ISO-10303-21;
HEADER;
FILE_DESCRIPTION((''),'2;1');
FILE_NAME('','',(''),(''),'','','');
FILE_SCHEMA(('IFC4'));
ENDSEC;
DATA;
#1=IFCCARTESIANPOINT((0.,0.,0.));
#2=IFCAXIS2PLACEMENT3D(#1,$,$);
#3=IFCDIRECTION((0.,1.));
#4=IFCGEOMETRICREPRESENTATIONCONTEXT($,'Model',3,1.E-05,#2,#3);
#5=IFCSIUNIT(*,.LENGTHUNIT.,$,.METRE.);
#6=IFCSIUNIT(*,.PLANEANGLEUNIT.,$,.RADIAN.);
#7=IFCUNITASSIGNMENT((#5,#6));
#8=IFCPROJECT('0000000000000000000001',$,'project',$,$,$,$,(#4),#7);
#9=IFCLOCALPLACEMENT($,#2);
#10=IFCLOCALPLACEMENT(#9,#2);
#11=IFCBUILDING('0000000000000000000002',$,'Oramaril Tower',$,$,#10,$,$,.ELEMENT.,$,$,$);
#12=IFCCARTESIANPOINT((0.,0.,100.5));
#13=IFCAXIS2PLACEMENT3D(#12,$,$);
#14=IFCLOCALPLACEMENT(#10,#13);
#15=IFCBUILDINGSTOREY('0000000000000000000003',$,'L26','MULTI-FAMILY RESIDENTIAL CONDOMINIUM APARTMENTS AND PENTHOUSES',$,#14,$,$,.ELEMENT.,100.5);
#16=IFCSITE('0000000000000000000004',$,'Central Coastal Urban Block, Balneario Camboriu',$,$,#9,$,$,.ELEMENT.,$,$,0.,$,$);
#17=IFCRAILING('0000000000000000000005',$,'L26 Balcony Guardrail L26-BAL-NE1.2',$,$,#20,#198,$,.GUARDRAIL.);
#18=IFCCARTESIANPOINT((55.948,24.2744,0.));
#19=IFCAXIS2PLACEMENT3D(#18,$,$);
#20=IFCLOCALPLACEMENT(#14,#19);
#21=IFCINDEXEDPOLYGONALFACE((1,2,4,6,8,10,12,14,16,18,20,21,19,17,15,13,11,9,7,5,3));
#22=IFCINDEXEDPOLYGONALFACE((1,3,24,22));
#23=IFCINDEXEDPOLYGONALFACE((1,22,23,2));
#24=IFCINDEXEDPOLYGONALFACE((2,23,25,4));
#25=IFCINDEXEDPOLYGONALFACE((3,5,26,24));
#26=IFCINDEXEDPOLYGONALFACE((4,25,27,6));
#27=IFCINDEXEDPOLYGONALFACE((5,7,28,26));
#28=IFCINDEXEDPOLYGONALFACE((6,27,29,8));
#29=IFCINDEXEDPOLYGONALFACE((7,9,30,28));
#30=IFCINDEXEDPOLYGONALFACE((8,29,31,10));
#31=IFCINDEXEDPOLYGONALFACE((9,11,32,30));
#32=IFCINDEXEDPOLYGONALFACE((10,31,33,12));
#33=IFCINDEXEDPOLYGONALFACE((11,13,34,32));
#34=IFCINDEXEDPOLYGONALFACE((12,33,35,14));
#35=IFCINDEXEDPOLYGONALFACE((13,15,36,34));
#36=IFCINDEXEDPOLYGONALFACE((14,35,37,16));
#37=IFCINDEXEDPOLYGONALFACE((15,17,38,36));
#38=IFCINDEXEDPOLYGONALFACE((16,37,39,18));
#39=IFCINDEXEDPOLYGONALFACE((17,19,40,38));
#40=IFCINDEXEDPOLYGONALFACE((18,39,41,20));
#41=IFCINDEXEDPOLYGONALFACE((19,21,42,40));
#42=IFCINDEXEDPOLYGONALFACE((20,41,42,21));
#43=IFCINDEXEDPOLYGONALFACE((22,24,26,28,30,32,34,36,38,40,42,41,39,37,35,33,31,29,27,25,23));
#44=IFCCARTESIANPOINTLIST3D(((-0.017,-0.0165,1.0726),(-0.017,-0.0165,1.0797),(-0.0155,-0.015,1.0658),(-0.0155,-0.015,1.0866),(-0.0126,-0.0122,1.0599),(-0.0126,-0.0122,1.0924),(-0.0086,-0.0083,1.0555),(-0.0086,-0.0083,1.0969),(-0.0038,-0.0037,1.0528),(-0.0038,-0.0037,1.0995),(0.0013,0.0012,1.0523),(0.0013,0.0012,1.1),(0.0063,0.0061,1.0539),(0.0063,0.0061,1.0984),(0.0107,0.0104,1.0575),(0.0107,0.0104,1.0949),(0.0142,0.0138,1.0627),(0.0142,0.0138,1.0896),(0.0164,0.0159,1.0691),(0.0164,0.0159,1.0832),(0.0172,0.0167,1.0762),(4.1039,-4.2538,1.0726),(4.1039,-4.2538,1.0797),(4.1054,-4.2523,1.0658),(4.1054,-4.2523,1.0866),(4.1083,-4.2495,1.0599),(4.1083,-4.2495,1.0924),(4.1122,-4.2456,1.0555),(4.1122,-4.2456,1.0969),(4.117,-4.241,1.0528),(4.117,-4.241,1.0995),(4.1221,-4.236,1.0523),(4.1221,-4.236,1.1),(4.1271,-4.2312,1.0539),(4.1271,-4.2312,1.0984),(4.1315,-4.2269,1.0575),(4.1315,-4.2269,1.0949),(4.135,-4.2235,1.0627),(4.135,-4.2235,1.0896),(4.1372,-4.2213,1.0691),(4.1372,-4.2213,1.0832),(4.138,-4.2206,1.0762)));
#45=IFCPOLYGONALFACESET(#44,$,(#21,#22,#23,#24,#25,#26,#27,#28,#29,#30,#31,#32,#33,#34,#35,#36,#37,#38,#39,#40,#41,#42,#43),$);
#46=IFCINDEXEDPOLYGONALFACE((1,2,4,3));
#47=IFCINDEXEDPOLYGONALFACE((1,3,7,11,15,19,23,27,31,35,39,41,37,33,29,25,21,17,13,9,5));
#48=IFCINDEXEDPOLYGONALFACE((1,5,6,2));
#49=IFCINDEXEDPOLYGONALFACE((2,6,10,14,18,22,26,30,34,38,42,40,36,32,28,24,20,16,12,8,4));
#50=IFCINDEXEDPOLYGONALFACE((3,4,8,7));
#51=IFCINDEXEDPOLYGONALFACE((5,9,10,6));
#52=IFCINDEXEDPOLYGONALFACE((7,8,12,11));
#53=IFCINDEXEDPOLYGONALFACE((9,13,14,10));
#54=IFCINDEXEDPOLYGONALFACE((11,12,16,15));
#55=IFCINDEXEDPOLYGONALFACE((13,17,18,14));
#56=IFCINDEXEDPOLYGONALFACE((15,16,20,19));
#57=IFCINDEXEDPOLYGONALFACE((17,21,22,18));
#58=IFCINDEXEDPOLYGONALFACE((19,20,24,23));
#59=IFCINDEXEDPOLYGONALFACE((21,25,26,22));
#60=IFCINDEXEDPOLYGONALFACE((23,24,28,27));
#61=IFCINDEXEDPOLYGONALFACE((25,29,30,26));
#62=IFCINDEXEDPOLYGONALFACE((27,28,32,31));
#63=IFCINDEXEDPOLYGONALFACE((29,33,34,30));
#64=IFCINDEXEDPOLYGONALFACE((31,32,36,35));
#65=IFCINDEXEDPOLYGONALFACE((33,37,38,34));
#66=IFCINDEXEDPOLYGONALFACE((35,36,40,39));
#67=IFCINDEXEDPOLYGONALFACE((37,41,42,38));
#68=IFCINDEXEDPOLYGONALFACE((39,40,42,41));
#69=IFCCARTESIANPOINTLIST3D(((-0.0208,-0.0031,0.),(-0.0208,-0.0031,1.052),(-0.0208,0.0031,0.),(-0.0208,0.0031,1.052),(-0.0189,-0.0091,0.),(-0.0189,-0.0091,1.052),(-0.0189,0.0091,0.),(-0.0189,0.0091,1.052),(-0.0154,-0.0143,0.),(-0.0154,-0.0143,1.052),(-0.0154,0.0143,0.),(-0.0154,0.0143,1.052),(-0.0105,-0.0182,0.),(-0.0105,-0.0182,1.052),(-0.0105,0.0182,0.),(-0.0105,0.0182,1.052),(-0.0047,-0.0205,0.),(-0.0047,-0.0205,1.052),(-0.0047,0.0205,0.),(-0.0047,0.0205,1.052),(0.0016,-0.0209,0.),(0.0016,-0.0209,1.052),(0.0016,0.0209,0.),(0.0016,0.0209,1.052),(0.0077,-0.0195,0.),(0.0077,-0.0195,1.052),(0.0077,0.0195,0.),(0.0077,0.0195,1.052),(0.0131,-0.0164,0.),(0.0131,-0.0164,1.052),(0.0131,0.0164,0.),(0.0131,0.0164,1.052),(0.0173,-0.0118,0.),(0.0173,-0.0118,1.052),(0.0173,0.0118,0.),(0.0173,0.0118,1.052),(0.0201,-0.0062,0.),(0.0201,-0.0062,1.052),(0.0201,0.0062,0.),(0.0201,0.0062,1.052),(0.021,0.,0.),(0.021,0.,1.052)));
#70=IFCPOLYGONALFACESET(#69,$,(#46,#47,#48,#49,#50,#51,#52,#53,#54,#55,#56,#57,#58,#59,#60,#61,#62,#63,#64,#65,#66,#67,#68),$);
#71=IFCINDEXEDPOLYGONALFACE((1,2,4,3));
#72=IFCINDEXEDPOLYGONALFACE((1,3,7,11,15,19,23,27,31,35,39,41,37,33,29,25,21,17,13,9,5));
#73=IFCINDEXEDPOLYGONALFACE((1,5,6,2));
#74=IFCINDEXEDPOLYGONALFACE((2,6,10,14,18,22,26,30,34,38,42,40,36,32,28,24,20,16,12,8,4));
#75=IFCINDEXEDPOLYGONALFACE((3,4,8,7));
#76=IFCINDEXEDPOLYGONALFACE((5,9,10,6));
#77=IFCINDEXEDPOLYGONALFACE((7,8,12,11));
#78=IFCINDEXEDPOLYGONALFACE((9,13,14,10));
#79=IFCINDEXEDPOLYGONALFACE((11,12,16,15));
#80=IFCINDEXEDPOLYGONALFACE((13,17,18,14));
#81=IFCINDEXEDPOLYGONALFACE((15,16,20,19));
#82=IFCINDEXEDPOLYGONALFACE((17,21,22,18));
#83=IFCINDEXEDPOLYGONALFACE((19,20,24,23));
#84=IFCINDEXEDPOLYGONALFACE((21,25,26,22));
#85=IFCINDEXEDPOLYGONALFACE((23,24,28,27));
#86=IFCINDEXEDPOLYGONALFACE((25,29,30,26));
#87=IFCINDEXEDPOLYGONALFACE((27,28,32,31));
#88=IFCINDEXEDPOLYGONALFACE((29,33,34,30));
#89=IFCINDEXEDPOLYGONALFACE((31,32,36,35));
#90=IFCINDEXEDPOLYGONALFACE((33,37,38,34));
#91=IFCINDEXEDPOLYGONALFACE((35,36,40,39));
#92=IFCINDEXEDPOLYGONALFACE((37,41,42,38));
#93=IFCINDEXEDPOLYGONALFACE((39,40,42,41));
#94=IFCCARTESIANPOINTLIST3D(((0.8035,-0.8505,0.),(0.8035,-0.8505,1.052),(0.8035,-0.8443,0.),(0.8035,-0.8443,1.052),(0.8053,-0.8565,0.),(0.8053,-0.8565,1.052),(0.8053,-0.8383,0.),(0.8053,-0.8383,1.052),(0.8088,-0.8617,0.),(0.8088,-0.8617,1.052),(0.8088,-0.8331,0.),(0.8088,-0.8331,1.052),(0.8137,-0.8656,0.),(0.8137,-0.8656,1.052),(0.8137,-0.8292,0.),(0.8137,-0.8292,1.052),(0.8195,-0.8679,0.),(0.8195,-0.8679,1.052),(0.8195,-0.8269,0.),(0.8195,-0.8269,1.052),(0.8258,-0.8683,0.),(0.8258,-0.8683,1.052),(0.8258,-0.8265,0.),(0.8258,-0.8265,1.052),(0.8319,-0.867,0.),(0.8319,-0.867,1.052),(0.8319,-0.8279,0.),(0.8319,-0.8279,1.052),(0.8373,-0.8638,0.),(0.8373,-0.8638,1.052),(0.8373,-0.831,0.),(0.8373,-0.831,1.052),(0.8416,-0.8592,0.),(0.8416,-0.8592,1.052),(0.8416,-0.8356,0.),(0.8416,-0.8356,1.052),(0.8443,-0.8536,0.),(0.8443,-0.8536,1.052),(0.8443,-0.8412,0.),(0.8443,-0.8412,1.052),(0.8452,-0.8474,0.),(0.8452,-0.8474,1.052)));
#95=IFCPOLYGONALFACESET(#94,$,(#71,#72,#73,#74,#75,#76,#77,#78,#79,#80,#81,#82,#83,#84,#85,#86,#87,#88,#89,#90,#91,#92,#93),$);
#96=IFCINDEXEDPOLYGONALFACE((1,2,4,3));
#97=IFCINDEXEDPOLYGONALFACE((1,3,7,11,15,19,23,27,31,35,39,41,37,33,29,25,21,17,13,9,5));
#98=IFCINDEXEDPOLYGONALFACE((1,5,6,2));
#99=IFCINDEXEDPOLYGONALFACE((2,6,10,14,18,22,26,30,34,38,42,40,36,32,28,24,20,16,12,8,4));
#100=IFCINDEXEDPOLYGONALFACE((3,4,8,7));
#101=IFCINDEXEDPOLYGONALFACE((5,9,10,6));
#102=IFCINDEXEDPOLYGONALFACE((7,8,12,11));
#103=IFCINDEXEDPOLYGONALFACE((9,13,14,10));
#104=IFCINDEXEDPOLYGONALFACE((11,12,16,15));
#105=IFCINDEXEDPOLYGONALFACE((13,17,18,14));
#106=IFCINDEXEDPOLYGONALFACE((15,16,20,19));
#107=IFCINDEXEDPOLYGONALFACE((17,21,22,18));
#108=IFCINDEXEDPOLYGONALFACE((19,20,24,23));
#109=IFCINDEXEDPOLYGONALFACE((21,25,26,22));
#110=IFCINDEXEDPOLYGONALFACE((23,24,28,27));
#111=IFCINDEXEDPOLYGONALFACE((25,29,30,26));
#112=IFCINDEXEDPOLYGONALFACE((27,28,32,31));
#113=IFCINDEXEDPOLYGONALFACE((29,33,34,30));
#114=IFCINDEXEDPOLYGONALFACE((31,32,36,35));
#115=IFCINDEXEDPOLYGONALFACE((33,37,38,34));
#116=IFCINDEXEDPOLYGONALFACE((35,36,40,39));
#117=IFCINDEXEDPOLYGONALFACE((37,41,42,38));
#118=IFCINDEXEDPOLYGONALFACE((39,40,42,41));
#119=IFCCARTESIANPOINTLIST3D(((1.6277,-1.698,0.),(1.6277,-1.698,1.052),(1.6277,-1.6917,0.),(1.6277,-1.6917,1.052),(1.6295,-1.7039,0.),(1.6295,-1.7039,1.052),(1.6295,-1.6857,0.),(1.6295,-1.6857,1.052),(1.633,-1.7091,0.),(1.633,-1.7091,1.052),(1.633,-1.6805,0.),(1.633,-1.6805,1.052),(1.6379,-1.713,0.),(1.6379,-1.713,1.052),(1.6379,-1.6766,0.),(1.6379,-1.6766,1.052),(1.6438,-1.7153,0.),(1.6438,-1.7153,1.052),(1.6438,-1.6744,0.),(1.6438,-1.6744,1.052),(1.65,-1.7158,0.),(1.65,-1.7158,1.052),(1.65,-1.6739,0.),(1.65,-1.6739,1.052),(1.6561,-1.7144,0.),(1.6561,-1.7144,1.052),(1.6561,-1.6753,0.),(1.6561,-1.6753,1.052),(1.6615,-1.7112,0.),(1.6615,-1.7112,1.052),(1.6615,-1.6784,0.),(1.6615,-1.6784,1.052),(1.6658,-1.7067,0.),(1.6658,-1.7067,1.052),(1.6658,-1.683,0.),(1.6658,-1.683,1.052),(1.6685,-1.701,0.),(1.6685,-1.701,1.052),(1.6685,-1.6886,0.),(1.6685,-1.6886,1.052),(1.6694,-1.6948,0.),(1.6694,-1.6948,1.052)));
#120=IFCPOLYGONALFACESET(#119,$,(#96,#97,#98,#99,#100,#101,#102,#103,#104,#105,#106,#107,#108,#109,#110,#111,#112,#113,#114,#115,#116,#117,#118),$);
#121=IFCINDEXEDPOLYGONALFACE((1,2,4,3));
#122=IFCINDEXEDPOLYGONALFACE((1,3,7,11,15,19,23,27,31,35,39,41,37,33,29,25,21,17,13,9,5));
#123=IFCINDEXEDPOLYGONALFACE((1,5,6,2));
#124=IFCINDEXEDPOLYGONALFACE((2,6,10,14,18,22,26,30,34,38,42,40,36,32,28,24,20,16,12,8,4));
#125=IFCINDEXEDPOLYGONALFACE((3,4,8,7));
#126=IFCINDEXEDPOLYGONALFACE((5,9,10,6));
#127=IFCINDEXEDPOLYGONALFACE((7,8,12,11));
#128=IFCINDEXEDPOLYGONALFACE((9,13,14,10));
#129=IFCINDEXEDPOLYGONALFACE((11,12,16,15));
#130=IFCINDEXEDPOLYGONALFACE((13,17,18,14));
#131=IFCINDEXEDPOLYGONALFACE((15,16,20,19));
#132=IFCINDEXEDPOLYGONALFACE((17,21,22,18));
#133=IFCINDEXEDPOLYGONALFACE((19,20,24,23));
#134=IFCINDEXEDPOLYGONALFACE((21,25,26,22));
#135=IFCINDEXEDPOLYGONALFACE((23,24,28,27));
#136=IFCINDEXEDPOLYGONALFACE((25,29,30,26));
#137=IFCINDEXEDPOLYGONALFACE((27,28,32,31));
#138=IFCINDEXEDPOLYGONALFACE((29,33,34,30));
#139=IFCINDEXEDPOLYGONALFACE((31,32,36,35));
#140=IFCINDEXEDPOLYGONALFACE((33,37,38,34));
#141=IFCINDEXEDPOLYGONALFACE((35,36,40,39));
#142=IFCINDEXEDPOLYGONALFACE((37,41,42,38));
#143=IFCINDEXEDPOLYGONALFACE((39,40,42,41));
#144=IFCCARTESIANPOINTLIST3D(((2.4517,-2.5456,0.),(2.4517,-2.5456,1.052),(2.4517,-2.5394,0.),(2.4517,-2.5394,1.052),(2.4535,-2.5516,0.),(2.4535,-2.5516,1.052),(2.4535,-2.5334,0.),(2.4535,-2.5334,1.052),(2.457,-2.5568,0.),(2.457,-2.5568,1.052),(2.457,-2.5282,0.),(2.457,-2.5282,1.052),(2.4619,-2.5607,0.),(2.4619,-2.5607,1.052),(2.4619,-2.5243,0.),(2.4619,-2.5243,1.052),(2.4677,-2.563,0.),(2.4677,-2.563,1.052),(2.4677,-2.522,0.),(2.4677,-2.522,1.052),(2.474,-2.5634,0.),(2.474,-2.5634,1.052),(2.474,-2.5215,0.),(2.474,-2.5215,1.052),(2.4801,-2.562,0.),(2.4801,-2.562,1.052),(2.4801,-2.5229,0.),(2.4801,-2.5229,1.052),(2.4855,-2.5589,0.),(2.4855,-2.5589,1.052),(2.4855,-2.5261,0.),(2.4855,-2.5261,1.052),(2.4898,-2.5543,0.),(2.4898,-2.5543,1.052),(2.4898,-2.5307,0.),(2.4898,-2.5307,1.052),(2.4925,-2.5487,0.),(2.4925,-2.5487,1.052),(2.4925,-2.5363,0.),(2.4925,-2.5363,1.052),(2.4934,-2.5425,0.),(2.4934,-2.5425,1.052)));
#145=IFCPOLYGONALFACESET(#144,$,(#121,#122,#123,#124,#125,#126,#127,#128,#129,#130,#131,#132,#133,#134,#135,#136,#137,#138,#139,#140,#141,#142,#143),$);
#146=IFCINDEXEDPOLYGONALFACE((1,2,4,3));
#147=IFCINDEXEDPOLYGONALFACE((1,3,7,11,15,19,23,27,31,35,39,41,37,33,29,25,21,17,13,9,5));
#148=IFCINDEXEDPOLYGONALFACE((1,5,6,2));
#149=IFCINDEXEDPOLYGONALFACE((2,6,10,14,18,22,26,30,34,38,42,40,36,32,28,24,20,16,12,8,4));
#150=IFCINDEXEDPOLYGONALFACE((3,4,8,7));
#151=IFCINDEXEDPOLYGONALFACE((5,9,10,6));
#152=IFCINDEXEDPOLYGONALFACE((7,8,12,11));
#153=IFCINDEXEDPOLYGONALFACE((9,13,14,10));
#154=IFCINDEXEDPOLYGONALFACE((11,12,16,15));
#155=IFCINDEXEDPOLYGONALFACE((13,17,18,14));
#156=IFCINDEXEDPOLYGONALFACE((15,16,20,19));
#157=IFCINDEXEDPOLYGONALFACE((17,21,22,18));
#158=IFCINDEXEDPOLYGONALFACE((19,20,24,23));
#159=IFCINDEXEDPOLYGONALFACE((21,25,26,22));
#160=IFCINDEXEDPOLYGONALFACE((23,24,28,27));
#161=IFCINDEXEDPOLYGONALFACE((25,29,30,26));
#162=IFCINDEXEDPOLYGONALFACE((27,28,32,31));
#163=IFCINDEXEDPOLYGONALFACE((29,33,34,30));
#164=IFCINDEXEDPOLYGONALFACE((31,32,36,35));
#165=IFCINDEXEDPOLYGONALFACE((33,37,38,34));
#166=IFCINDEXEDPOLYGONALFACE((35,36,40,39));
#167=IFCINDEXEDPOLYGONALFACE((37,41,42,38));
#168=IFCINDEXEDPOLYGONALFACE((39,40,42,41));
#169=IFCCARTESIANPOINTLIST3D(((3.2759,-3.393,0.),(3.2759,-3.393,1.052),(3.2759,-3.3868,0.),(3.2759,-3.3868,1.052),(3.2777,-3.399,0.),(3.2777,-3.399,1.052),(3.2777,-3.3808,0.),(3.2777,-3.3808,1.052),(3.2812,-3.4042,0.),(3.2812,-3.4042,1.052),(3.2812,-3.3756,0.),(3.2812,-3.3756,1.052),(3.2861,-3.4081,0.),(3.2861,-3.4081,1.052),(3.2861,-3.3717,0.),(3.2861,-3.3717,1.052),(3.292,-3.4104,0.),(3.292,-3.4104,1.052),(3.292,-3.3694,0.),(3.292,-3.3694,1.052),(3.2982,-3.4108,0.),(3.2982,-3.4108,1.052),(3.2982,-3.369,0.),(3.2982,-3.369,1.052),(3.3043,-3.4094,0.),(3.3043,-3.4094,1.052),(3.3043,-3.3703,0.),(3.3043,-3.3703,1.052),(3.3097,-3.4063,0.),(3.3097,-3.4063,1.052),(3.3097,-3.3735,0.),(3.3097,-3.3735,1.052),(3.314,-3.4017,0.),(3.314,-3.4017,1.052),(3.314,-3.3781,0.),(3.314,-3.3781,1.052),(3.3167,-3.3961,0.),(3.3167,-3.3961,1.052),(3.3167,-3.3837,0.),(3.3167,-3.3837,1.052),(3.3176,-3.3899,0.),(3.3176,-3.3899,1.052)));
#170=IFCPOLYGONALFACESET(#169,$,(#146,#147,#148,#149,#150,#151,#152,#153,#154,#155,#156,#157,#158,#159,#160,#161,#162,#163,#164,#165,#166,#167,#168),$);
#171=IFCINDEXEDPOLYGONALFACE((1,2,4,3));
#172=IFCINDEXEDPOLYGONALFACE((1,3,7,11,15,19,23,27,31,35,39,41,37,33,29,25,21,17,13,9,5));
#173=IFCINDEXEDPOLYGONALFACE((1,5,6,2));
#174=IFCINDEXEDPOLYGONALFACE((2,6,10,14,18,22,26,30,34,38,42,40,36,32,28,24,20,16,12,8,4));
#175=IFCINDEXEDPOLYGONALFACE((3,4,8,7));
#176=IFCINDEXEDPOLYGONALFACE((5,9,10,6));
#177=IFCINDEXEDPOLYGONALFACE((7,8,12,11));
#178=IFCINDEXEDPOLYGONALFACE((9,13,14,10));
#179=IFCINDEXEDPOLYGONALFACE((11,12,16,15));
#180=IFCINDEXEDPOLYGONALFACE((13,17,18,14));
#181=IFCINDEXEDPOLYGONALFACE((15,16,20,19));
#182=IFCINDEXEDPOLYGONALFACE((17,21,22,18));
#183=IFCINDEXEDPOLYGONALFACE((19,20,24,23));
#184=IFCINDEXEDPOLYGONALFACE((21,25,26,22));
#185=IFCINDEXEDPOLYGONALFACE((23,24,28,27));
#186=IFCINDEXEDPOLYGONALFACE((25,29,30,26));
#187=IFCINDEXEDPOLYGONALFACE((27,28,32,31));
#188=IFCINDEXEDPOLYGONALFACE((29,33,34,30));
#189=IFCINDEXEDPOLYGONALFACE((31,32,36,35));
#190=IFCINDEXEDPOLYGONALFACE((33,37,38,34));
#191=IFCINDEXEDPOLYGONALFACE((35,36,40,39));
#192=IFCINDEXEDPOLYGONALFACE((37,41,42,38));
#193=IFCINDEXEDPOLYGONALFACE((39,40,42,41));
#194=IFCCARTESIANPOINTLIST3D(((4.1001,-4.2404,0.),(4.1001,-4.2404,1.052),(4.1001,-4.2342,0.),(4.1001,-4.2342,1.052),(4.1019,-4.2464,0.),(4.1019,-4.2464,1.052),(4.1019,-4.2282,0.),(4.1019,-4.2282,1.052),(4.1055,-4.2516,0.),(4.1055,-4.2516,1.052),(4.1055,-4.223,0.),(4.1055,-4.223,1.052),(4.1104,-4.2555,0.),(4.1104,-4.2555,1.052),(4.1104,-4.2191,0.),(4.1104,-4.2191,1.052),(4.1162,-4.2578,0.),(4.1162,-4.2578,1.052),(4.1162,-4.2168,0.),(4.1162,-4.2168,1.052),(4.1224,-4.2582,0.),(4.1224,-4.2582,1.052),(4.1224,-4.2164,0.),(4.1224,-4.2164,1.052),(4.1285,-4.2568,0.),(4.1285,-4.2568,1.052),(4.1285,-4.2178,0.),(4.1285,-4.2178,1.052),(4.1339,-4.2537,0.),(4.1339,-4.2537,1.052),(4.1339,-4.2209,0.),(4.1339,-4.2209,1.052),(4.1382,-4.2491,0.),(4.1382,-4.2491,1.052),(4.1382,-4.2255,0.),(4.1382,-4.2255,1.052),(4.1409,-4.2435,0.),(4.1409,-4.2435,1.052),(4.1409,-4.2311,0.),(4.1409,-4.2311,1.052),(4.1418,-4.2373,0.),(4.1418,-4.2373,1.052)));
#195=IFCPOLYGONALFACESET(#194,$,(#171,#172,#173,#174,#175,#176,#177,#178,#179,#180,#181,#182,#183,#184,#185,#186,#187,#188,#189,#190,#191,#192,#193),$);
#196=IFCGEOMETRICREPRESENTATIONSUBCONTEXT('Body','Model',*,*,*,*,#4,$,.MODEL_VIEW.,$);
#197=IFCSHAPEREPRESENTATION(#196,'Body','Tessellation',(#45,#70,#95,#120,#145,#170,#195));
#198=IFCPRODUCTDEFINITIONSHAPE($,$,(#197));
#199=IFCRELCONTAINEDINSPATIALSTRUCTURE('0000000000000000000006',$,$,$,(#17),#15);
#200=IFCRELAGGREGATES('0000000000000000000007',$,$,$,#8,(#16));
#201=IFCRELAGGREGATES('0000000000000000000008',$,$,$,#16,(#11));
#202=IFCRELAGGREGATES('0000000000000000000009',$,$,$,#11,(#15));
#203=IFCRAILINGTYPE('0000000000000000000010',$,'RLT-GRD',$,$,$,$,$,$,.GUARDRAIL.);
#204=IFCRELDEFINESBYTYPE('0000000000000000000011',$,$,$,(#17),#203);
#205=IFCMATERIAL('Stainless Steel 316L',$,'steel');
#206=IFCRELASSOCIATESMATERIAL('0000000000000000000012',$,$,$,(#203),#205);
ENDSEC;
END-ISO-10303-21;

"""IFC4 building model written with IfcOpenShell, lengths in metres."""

from ifc_helpers import new_model, si_unit, direction, frame, origin, origin_2d, place, context, subcontext, project, spatial, circle, extrude, material, type_object, element, save


model = new_model("IFC4")

# Units and contexts
model_context = context("Model", 3, precision=1e-05, world=origin(), true_north=direction((0.0, 1.0)))
body_context = subcontext(model_context, "Body", "Model", "MODEL_VIEW")
ifc_project = project(units=[si_unit("LENGTHUNIT", "METRE"), si_unit("PLANEANGLEUNIT", "RADIAN")], contexts=[model_context])

# Site, building, storey
site_placement = place(None, origin())
site = spatial("IfcSite", under=ifc_project, at=site_placement, Name="Central Coastal Urban Block, Balneario Camboriu", CompositionType="ELEMENT", RefElevation=0.0)
building_placement = place(site_placement, origin())
building = spatial("IfcBuilding", under=site, at=building_placement, Name="Oramaril Tower", CompositionType="ELEMENT")
storey_placement = place(building_placement, frame((0.0, 0.0, 100.5)))
storey = spatial("IfcBuildingStorey", under=building, at=storey_placement, Name="L26", Description="MULTI-FAMILY RESIDENTIAL CONDOMINIUM APARTMENTS AND PENTHOUSES", CompositionType="ELEMENT", Elevation=100.5)

# Railing
ifc_material_1 = material(Name="Stainless Steel 316L", Category="steel")
railing_type = type_object("IfcRailingType", Name="RLT-GRD", PredefinedType="GUARDRAIL", material=ifc_material_1)
railing_1_placement = place(storey_placement, frame((55.948, 24.2744, 0.0)))
element("IfcRailing", 1, at=railing_1_placement, inside=storey, type_object=railing_type, Name="L26 Balcony Guardrail L26-BAL-NE1.2", PredefinedType="GUARDRAIL", context=body_context, shape_type="SweptSolid", body=[
    extrude(circle(Radius=0.0239, at=origin_2d()), frame((0.0, 0.0, 1.0762), z_axis=(0.697187, -0.716889, 0.0), x_axis=(0.716889, 0.697187, 0.0)), (0.0, 0.0, 1.0), 5.9106),
    extrude(circle(Radius=0.021, at=origin_2d()), origin(), (0.0, 0.0, 1.0), 1.052),
    extrude(circle(Radius=0.021, at=origin_2d()), frame((0.8242, -0.8474, 0.0)), (0.0, 0.0, 1.0), 1.052),
    extrude(circle(Radius=0.021, at=origin_2d()), frame((1.6484, -1.6948, 0.0)), (0.0, 0.0, 1.0), 1.052),
    extrude(circle(Radius=0.021, at=origin_2d()), frame((2.4724, -2.5425, 0.0)), (0.0, 0.0, 1.0), 1.052),
    extrude(circle(Radius=0.021, at=origin_2d()), frame((3.2966, -3.3899, 0.0)), (0.0, 0.0, 1.0), 1.052),
    extrude(circle(Radius=0.021, at=origin_2d()), frame((4.1208, -4.2373, 0.0)), (0.0, 0.0, 1.0), 1.052),
])

save(model, "model.ifc")
